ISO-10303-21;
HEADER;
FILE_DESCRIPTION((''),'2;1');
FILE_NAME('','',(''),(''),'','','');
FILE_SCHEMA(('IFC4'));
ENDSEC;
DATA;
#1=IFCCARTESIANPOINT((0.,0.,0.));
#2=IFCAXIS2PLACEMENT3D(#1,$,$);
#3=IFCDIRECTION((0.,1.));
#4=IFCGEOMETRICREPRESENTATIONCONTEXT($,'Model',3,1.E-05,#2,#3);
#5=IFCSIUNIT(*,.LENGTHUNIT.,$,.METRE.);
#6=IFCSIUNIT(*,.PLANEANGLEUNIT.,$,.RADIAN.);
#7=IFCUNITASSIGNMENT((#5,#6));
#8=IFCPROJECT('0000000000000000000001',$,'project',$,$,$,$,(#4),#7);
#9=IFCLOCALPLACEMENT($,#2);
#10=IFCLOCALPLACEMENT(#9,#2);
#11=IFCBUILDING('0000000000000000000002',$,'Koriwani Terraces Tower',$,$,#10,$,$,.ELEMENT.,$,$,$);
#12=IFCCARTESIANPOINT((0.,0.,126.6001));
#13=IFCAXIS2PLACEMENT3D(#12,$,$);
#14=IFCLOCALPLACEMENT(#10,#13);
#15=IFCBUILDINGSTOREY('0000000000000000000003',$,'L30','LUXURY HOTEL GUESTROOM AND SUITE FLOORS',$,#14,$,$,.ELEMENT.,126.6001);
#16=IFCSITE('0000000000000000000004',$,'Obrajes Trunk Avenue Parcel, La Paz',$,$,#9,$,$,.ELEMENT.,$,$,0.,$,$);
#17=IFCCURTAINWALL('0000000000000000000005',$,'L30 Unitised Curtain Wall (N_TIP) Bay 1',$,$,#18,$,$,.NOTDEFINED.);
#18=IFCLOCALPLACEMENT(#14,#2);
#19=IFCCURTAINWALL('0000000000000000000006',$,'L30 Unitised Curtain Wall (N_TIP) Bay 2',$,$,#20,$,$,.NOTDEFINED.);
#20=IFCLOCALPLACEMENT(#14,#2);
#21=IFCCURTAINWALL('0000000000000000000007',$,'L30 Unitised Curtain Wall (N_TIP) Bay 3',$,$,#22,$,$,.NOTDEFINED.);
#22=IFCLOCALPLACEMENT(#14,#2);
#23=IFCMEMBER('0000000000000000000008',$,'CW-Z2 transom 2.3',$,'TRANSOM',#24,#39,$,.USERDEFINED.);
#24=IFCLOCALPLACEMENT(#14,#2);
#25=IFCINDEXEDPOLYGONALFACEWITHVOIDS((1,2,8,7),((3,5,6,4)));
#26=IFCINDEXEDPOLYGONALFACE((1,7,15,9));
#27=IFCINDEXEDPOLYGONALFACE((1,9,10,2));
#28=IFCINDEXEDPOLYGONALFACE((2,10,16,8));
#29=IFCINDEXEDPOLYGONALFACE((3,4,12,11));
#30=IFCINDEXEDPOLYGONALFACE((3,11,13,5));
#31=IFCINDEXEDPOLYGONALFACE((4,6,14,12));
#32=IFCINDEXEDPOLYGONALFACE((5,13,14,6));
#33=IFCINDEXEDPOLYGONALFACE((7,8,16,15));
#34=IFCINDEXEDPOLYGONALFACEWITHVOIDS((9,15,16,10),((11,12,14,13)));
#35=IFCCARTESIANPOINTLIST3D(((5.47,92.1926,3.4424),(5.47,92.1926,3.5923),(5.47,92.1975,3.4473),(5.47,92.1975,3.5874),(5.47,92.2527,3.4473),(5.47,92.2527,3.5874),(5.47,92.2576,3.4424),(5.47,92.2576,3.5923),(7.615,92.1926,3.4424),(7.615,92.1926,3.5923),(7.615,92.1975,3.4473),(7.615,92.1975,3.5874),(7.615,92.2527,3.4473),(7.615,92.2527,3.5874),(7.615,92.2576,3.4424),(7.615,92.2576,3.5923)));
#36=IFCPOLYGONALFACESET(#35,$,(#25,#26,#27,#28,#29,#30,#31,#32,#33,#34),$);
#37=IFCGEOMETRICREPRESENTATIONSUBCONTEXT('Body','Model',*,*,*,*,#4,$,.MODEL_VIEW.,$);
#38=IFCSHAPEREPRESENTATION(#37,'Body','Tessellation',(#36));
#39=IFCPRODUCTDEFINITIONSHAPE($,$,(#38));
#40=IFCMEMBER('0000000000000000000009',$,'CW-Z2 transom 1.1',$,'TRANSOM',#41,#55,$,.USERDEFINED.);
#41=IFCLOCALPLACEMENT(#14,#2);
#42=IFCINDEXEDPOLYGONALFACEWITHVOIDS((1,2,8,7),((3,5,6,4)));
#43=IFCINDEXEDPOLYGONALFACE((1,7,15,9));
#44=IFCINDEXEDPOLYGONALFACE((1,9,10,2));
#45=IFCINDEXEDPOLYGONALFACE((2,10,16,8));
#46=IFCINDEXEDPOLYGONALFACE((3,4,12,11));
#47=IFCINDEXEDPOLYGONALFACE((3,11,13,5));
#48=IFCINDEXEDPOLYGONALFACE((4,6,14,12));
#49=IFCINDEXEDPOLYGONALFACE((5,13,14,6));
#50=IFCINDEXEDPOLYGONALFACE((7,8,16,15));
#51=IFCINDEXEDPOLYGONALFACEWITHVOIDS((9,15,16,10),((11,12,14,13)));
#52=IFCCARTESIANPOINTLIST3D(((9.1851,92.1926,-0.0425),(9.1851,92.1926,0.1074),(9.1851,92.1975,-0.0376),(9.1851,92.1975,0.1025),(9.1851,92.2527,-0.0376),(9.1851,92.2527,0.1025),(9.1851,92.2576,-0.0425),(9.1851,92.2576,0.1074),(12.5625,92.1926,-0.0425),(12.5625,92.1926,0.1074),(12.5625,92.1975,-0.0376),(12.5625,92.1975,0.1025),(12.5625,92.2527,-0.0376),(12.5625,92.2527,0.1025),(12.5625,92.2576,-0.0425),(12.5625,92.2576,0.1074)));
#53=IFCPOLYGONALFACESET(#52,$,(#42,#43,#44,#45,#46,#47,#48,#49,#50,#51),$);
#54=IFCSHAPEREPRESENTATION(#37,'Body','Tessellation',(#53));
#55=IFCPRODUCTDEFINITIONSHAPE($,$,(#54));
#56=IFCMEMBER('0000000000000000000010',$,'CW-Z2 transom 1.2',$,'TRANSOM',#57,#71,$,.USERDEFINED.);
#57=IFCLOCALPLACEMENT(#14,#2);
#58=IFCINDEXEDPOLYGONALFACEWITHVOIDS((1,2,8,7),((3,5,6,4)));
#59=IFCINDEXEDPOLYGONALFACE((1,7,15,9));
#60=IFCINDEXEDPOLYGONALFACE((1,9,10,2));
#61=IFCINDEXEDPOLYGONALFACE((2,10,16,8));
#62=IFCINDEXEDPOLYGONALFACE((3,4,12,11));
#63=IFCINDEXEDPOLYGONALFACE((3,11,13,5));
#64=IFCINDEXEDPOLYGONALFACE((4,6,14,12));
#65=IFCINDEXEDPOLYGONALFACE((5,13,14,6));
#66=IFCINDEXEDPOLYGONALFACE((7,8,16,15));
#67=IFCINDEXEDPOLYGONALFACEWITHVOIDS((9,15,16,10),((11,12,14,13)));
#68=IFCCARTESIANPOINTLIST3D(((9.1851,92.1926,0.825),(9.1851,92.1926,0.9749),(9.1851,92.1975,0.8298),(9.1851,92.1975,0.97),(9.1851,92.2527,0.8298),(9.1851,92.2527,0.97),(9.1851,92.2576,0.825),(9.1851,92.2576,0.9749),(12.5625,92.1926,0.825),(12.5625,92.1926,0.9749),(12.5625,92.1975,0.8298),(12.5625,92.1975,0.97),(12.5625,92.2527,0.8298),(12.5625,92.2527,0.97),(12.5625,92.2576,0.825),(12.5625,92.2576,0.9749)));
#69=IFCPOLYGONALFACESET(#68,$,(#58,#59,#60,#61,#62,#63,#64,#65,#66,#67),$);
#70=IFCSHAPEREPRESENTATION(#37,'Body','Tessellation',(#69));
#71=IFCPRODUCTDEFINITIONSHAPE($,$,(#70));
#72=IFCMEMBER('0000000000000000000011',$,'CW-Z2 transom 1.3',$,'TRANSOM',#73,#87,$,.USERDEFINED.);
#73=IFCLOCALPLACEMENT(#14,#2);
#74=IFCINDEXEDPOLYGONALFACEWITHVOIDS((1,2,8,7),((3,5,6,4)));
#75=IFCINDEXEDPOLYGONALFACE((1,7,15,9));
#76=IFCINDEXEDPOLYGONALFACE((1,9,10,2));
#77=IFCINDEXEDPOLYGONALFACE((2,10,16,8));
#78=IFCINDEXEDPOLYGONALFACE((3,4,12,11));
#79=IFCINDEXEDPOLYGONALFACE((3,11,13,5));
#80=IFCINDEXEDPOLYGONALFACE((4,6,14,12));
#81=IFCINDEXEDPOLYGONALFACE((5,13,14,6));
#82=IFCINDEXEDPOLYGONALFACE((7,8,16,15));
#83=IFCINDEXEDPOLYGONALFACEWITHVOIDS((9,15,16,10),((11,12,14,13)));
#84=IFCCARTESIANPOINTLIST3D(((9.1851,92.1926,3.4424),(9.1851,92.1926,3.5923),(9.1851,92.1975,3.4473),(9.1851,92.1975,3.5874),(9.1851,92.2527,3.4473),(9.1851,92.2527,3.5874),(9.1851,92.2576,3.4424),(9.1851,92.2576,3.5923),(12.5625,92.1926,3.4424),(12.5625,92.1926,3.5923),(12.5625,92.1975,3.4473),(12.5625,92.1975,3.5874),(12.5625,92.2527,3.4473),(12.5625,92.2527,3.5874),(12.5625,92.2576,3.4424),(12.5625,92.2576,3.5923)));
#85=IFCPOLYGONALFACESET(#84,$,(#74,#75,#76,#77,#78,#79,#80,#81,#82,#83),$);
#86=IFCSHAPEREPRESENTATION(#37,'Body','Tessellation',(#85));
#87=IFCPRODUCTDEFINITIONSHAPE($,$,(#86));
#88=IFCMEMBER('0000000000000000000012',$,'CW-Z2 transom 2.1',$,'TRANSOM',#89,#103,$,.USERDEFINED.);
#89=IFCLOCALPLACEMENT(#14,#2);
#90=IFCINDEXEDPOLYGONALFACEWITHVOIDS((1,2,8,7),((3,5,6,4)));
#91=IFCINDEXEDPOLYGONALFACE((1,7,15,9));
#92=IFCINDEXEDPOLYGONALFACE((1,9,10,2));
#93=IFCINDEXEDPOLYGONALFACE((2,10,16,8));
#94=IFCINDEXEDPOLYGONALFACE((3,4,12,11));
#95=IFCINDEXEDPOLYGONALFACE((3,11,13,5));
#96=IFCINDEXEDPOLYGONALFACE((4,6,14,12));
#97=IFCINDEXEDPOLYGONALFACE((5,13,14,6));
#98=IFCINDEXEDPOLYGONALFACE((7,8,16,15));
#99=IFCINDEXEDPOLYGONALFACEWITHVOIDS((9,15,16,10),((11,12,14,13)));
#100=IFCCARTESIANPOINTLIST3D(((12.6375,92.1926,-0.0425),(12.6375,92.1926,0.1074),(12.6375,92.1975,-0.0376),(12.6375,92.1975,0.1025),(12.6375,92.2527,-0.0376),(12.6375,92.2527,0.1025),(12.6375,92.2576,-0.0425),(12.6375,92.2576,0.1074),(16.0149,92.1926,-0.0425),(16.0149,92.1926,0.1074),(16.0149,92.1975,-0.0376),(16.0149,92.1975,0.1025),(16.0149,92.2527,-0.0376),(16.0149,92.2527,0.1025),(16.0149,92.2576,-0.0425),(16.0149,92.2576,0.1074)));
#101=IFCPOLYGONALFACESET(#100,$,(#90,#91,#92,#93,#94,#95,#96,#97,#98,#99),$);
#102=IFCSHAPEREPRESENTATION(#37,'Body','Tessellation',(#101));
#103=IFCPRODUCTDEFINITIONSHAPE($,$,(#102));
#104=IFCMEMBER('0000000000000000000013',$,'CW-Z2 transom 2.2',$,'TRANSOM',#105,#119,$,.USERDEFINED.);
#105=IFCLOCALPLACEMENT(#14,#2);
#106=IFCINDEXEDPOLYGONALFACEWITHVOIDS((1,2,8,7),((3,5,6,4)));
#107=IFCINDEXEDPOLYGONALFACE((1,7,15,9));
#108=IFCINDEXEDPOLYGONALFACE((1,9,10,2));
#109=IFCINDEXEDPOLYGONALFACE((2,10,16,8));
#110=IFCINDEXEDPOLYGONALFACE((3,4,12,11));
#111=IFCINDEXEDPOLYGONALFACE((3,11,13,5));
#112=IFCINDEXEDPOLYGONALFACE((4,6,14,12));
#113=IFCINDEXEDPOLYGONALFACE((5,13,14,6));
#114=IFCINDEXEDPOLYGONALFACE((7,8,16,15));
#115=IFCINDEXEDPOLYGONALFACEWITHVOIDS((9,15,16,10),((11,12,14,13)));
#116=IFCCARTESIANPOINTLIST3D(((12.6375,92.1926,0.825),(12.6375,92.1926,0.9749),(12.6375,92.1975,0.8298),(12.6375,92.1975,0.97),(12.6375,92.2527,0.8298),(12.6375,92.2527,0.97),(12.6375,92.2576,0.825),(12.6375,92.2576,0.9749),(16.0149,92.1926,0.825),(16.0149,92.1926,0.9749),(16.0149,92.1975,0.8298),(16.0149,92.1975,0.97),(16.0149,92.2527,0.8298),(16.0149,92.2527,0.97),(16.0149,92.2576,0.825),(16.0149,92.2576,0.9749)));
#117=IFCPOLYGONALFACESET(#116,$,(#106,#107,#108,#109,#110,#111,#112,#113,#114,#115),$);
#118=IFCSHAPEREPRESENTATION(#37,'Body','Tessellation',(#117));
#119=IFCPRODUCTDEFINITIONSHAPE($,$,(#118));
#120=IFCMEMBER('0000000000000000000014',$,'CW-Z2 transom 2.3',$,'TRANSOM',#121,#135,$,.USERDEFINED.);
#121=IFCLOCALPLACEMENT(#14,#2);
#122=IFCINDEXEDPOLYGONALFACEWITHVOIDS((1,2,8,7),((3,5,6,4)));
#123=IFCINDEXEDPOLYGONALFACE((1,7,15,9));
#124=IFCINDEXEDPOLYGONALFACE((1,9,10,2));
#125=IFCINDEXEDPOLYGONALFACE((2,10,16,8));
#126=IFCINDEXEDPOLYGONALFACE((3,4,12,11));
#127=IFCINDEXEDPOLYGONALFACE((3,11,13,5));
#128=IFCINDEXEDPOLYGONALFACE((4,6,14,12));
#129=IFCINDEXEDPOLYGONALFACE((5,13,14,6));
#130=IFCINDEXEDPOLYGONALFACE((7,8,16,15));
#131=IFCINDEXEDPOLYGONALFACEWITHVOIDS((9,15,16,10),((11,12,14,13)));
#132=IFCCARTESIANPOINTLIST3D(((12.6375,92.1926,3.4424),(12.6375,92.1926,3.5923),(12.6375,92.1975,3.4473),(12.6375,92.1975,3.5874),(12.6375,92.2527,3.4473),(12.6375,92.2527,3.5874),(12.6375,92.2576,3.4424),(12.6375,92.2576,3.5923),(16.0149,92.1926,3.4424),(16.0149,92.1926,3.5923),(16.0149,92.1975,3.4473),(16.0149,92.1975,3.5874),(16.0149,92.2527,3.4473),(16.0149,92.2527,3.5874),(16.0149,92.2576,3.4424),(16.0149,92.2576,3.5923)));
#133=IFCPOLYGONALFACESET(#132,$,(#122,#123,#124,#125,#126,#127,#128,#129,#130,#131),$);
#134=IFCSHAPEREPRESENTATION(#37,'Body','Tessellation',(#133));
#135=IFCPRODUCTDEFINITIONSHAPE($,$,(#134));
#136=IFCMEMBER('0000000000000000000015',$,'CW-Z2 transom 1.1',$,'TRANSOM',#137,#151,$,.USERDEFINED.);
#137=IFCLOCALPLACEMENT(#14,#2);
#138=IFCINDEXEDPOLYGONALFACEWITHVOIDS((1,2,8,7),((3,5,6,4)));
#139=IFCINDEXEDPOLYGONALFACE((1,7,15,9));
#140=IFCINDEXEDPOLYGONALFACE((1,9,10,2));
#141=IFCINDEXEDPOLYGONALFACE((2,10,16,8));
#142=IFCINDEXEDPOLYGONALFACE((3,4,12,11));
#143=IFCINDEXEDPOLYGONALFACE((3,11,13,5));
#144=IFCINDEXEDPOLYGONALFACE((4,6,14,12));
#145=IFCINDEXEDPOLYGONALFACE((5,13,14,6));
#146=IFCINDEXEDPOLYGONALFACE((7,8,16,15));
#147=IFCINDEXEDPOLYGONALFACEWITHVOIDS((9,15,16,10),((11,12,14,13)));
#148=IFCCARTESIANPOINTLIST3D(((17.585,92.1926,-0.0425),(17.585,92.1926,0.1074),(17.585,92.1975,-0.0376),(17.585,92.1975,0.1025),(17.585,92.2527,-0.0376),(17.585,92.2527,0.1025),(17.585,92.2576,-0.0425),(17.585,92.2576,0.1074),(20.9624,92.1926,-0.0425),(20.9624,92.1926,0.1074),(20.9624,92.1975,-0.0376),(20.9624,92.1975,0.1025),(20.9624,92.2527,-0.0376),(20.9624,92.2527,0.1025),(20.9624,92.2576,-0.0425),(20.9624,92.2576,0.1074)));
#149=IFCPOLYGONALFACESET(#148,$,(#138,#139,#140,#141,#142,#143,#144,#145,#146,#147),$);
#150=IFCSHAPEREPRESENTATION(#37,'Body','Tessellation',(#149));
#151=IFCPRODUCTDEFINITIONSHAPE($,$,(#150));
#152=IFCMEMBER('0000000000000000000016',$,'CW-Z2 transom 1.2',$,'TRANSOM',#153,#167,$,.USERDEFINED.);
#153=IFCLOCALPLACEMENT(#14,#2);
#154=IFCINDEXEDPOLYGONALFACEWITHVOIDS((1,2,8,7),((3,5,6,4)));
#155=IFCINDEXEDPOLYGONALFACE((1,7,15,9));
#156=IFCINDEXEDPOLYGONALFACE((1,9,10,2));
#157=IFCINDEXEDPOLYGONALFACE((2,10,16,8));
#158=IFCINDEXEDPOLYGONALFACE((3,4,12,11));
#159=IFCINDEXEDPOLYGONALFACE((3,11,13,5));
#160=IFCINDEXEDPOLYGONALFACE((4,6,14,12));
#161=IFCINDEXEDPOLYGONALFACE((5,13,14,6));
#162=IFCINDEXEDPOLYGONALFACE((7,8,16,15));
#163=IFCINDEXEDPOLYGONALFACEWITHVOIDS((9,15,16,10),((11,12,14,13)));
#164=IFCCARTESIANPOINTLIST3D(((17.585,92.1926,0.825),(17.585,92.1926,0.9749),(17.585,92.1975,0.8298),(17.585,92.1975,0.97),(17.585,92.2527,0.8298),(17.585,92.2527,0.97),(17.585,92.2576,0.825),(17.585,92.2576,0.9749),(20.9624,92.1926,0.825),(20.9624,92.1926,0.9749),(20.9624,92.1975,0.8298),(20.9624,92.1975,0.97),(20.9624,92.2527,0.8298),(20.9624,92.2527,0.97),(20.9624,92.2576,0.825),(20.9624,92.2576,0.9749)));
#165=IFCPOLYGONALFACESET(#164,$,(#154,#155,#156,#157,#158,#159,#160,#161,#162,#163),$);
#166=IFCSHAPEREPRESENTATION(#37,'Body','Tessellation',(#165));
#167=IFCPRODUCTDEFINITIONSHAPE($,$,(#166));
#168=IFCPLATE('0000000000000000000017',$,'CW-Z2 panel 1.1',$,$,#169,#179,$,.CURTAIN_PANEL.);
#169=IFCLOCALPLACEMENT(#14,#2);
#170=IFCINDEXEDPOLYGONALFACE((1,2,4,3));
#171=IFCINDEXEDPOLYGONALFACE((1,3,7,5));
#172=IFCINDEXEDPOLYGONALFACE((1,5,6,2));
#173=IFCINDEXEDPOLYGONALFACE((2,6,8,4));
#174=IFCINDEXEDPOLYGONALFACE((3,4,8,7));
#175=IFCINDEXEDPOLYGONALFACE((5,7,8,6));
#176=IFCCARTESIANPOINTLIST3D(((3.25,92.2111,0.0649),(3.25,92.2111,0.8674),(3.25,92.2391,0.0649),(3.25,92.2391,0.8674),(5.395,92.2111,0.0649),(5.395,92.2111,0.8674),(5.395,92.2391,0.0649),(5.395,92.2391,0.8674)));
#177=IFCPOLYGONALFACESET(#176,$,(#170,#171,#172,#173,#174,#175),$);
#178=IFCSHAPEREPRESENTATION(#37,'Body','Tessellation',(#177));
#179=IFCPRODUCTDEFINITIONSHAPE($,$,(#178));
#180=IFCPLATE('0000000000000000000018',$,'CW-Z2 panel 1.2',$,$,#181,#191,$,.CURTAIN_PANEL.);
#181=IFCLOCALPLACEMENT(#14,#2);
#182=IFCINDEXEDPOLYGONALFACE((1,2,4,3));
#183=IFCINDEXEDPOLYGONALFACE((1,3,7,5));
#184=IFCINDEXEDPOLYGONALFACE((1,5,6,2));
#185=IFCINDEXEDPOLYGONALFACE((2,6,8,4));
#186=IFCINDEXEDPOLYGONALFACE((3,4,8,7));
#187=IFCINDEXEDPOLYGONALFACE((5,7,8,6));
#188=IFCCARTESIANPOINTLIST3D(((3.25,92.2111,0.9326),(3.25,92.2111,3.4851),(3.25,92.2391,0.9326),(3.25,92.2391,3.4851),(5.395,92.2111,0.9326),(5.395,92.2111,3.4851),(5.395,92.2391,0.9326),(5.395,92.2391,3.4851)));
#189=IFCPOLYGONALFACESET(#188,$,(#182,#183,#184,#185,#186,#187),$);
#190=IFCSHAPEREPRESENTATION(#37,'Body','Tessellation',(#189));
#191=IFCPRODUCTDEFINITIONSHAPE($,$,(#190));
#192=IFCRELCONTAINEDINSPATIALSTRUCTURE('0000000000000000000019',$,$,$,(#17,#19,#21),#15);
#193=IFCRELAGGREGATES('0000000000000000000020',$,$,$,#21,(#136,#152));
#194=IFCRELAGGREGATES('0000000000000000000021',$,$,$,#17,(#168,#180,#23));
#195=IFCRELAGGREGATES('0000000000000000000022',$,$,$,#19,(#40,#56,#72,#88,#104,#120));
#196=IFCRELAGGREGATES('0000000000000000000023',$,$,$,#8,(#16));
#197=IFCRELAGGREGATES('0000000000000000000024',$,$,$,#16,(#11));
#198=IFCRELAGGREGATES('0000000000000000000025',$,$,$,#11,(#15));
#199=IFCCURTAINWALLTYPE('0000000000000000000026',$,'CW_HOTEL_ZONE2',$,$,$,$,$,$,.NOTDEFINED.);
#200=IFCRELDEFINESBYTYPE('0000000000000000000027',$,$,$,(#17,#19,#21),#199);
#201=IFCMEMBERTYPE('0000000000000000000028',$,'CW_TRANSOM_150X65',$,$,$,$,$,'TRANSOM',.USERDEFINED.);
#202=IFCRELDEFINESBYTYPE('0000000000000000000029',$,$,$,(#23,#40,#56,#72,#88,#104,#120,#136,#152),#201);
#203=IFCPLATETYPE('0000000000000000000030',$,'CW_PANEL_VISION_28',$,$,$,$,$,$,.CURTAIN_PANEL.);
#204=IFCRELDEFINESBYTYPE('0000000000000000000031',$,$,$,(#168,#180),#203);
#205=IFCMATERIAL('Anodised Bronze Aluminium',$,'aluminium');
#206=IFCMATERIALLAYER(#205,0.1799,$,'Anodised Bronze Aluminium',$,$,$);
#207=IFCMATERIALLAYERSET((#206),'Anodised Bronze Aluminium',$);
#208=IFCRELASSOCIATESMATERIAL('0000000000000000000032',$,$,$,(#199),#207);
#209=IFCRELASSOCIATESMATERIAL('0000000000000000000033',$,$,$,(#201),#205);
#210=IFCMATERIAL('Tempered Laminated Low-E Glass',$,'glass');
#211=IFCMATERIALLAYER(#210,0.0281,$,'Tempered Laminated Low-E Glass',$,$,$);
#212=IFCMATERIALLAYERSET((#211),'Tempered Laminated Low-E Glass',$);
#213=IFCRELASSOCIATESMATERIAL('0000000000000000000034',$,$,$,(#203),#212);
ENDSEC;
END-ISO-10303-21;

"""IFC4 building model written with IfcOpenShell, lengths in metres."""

from ifc_helpers import new_model, si_unit, direction, frame, origin, origin_2d, place, context, subcontext, project, spatial, rectangle, hollow_rectangle, extrude, material, layer, layer_set, material_profile, profile_set, type_object, element, aggregate, save


model = new_model("IFC4")

# Units and contexts
model_context = context("Model", 3, precision=1e-05, world=origin(), true_north=direction((0.0, 1.0)))
body_context = subcontext(model_context, "Body", "Model", "MODEL_VIEW")
ifc_project = project(units=[si_unit("LENGTHUNIT", "METRE"), si_unit("PLANEANGLEUNIT", "RADIAN")], contexts=[model_context])

# Site, building, storey
site_placement = place(None, origin())
site = spatial("IfcSite", under=ifc_project, at=site_placement, Name="Obrajes Trunk Avenue Parcel, La Paz", CompositionType="ELEMENT", RefElevation=0.0)
building_placement = place(site_placement, origin())
building = spatial("IfcBuilding", under=site, at=building_placement, Name="Koriwani Terraces Tower", CompositionType="ELEMENT")
storey_placement = place(building_placement, frame((0.0, 0.0, 126.6001)))
storey = spatial("IfcBuildingStorey", under=building, at=storey_placement, Name="L30", Description="LUXURY HOTEL GUESTROOM AND SUITE FLOORS", CompositionType="ELEMENT", Elevation=126.6001)

# Curtain walls
ifc_material_1 = material(Name="Anodised Bronze Aluminium", Category="aluminium")
ifc_layer_1 = layer(ifc_material_1, 0.1799, Name="Anodised Bronze Aluminium")
ifc_layer_set_1 = layer_set([ifc_layer_1], Name="Anodised Bronze Aluminium")
curtain_wall_type = type_object("IfcCurtainWallType", Name="CW_HOTEL_ZONE2", PredefinedType="NOTDEFINED", material=ifc_layer_set_1)
curtain_wall_1_placement = place(storey_placement, origin())
curtain_wall_1 = element("IfcCurtainWall", 1, at=curtain_wall_1_placement, inside=storey, type_object=curtain_wall_type, Name="L30 Unitised Curtain Wall (N_TIP) Bay 1", PredefinedType="NOTDEFINED")
curtain_wall_2_placement = place(storey_placement, origin())
curtain_wall_2 = element("IfcCurtainWall", 2, at=curtain_wall_2_placement, inside=storey, type_object=curtain_wall_type, Name="L30 Unitised Curtain Wall (N_TIP) Bay 2", PredefinedType="NOTDEFINED")

# Curtain wall
curtain_wall_3_placement = place(storey_placement, origin())
curtain_wall_3 = element("IfcCurtainWall", 3, at=curtain_wall_3_placement, inside=storey, type_object=curtain_wall_type, Name="L30 Unitised Curtain Wall (N_TIP) Bay 3", PredefinedType="NOTDEFINED")

# Members
ifc_material_profile_1 = material_profile(ifc_material_1, hollow_rectangle(XDim=0.0649, YDim=0.1499, WallThickness=0.0049, at=origin_2d()), Name="Anodised Bronze Aluminium", Category="LoadBearing")
ifc_profile_set_1 = profile_set([ifc_material_profile_1], Name="Anodised Bronze Aluminium")
member_type_1 = type_object("IfcMemberType", Name="CW_TRANSOM_150X65", ElementType="TRANSOM", PredefinedType="USERDEFINED", material=ifc_profile_set_1)
member_1_placement = place(storey_placement, frame((5.47, 92.2251, 3.5173), z_axis=(1.0, 0.0, 0.0), x_axis=(0.0, 1.0, 0.0)))
member_1 = element("IfcMember", 4, at=member_1_placement, type_object=member_type_1, Name="CW-Z2 transom 2.3", ObjectType="TRANSOM", PredefinedType="USERDEFINED", context=body_context, shape_type="SweptSolid", body=[
    extrude(hollow_rectangle(XDim=0.0649, YDim=0.1499, WallThickness=0.0049, at=origin_2d()), origin(), (0.0, 0.0, 1.0), 2.145),
])
member_2_placement = place(storey_placement, frame((9.1851, 92.2251, 0.0325), z_axis=(1.0, 0.0, 0.0), x_axis=(0.0, 1.0, 0.0)))
member_2 = element("IfcMember", 5, at=member_2_placement, type_object=member_type_1, Name="CW-Z2 transom 1.1", ObjectType="TRANSOM", PredefinedType="USERDEFINED", context=body_context, shape_type="SweptSolid", body=[
    extrude(hollow_rectangle(XDim=0.0649, YDim=0.1499, WallThickness=0.0049, at=origin_2d()), origin(), (0.0, 0.0, 1.0), 3.3774),
])
member_3_placement = place(storey_placement, frame((9.1851, 92.2251, 0.8999), z_axis=(1.0, 0.0, 0.0), x_axis=(0.0, 1.0, 0.0)))
member_3 = element("IfcMember", 6, at=member_3_placement, type_object=member_type_1, Name="CW-Z2 transom 1.2", ObjectType="TRANSOM", PredefinedType="USERDEFINED", context=body_context, shape_type="SweptSolid", body=[
    extrude(hollow_rectangle(XDim=0.0649, YDim=0.1499, WallThickness=0.0049, at=origin_2d()), origin(), (0.0, 0.0, 1.0), 3.3774),
])
member_4_placement = place(storey_placement, frame((9.1851, 92.2251, 3.5173), z_axis=(1.0, 0.0, 0.0), x_axis=(0.0, 1.0, 0.0)))
member_4 = element("IfcMember", 7, at=member_4_placement, type_object=member_type_1, Name="CW-Z2 transom 1.3", ObjectType="TRANSOM", PredefinedType="USERDEFINED", context=body_context, shape_type="SweptSolid", body=[
    extrude(hollow_rectangle(XDim=0.0649, YDim=0.1499, WallThickness=0.0049, at=origin_2d()), origin(), (0.0, 0.0, 1.0), 3.3774),
])
member_5_placement = place(storey_placement, frame((12.6375, 92.2251, 0.0325), z_axis=(1.0, 0.0, 0.0), x_axis=(0.0, 1.0, 0.0)))
member_5 = element("IfcMember", 8, at=member_5_placement, type_object=member_type_1, Name="CW-Z2 transom 2.1", ObjectType="TRANSOM", PredefinedType="USERDEFINED", context=body_context, shape_type="SweptSolid", body=[
    extrude(hollow_rectangle(XDim=0.0649, YDim=0.1499, WallThickness=0.0049, at=origin_2d()), origin(), (0.0, 0.0, 1.0), 3.3774),
])
member_6_placement = place(storey_placement, frame((12.6375, 92.2251, 0.8999), z_axis=(1.0, 0.0, 0.0), x_axis=(0.0, 1.0, 0.0)))
member_6 = element("IfcMember", 9, at=member_6_placement, type_object=member_type_1, Name="CW-Z2 transom 2.2", ObjectType="TRANSOM", PredefinedType="USERDEFINED", context=body_context, shape_type="SweptSolid", body=[
    extrude(hollow_rectangle(XDim=0.0649, YDim=0.1499, WallThickness=0.0049, at=origin_2d()), origin(), (0.0, 0.0, 1.0), 3.3774),
])
member_7_placement = place(storey_placement, frame((12.6375, 92.2251, 3.5173), z_axis=(1.0, 0.0, 0.0), x_axis=(0.0, 1.0, 0.0)))
member_7 = element("IfcMember", 10, at=member_7_placement, type_object=member_type_1, Name="CW-Z2 transom 2.3", ObjectType="TRANSOM", PredefinedType="USERDEFINED", context=body_context, shape_type="SweptSolid", body=[
    extrude(hollow_rectangle(XDim=0.0649, YDim=0.1499, WallThickness=0.0049, at=origin_2d()), origin(), (0.0, 0.0, 1.0), 3.3774),
])
member_8_placement = place(storey_placement, frame((17.585, 92.2251, 0.0325), z_axis=(1.0, 0.0, 0.0), x_axis=(0.0, 1.0, 0.0)))
member_8 = element("IfcMember", 11, at=member_8_placement, type_object=member_type_1, Name="CW-Z2 transom 1.1", ObjectType="TRANSOM", PredefinedType="USERDEFINED", context=body_context, shape_type="SweptSolid", body=[
    extrude(hollow_rectangle(XDim=0.0649, YDim=0.1499, WallThickness=0.0049, at=origin_2d()), origin(), (0.0, 0.0, 1.0), 3.3774),
])
member_9_placement = place(storey_placement, frame((17.585, 92.2251, 0.8999), z_axis=(1.0, 0.0, 0.0), x_axis=(0.0, 1.0, 0.0)))
member_9 = element("IfcMember", 12, at=member_9_placement, type_object=member_type_1, Name="CW-Z2 transom 1.2", ObjectType="TRANSOM", PredefinedType="USERDEFINED", context=body_context, shape_type="SweptSolid", body=[
    extrude(hollow_rectangle(XDim=0.0649, YDim=0.1499, WallThickness=0.0049, at=origin_2d()), origin(), (0.0, 0.0, 1.0), 3.3774),
])
aggregate(curtain_wall_3, [member_8, member_9])

# Plates
ifc_material_2 = material(Name="Tempered Laminated Low-E Glass", Category="glass")
ifc_layer_2 = layer(ifc_material_2, 0.0281, Name="Tempered Laminated Low-E Glass")
ifc_layer_set_2 = layer_set([ifc_layer_2], Name="Tempered Laminated Low-E Glass")
plate_type = type_object("IfcPlateType", Name="CW_PANEL_VISION_28", PredefinedType="CURTAIN_PANEL", material=ifc_layer_set_2)
plate_1_placement = place(storey_placement, frame((4.3225, 92.2251, 0.0649), z_axis=(0.0, 0.0, 1.0), x_axis=(1.0, 0.0, 0.0)))
plate_1 = element("IfcPlate", 13, at=plate_1_placement, type_object=plate_type, Name="CW-Z2 panel 1.1", PredefinedType="CURTAIN_PANEL", context=body_context, shape_type="SweptSolid", body=[
    extrude(rectangle(XDim=2.145, YDim=0.0281, at=origin_2d()), origin(), (0.0, 0.0, 1.0), 0.8025),
])
plate_2_placement = place(storey_placement, frame((4.3225, 92.2251, 0.9326), z_axis=(0.0, 0.0, 1.0), x_axis=(1.0, 0.0, 0.0)))
plate_2 = element("IfcPlate", 14, at=plate_2_placement, type_object=plate_type, Name="CW-Z2 panel 1.2", PredefinedType="CURTAIN_PANEL", context=body_context, shape_type="SweptSolid", body=[
    extrude(rectangle(XDim=2.145, YDim=0.0281, at=origin_2d()), origin(), (0.0, 0.0, 1.0), 2.5525),
])
aggregate(curtain_wall_1, [plate_1, plate_2, member_1])
aggregate(curtain_wall_2, [member_2, member_3, member_4, member_5, member_6, member_7])

save(model, "model.ifc")
